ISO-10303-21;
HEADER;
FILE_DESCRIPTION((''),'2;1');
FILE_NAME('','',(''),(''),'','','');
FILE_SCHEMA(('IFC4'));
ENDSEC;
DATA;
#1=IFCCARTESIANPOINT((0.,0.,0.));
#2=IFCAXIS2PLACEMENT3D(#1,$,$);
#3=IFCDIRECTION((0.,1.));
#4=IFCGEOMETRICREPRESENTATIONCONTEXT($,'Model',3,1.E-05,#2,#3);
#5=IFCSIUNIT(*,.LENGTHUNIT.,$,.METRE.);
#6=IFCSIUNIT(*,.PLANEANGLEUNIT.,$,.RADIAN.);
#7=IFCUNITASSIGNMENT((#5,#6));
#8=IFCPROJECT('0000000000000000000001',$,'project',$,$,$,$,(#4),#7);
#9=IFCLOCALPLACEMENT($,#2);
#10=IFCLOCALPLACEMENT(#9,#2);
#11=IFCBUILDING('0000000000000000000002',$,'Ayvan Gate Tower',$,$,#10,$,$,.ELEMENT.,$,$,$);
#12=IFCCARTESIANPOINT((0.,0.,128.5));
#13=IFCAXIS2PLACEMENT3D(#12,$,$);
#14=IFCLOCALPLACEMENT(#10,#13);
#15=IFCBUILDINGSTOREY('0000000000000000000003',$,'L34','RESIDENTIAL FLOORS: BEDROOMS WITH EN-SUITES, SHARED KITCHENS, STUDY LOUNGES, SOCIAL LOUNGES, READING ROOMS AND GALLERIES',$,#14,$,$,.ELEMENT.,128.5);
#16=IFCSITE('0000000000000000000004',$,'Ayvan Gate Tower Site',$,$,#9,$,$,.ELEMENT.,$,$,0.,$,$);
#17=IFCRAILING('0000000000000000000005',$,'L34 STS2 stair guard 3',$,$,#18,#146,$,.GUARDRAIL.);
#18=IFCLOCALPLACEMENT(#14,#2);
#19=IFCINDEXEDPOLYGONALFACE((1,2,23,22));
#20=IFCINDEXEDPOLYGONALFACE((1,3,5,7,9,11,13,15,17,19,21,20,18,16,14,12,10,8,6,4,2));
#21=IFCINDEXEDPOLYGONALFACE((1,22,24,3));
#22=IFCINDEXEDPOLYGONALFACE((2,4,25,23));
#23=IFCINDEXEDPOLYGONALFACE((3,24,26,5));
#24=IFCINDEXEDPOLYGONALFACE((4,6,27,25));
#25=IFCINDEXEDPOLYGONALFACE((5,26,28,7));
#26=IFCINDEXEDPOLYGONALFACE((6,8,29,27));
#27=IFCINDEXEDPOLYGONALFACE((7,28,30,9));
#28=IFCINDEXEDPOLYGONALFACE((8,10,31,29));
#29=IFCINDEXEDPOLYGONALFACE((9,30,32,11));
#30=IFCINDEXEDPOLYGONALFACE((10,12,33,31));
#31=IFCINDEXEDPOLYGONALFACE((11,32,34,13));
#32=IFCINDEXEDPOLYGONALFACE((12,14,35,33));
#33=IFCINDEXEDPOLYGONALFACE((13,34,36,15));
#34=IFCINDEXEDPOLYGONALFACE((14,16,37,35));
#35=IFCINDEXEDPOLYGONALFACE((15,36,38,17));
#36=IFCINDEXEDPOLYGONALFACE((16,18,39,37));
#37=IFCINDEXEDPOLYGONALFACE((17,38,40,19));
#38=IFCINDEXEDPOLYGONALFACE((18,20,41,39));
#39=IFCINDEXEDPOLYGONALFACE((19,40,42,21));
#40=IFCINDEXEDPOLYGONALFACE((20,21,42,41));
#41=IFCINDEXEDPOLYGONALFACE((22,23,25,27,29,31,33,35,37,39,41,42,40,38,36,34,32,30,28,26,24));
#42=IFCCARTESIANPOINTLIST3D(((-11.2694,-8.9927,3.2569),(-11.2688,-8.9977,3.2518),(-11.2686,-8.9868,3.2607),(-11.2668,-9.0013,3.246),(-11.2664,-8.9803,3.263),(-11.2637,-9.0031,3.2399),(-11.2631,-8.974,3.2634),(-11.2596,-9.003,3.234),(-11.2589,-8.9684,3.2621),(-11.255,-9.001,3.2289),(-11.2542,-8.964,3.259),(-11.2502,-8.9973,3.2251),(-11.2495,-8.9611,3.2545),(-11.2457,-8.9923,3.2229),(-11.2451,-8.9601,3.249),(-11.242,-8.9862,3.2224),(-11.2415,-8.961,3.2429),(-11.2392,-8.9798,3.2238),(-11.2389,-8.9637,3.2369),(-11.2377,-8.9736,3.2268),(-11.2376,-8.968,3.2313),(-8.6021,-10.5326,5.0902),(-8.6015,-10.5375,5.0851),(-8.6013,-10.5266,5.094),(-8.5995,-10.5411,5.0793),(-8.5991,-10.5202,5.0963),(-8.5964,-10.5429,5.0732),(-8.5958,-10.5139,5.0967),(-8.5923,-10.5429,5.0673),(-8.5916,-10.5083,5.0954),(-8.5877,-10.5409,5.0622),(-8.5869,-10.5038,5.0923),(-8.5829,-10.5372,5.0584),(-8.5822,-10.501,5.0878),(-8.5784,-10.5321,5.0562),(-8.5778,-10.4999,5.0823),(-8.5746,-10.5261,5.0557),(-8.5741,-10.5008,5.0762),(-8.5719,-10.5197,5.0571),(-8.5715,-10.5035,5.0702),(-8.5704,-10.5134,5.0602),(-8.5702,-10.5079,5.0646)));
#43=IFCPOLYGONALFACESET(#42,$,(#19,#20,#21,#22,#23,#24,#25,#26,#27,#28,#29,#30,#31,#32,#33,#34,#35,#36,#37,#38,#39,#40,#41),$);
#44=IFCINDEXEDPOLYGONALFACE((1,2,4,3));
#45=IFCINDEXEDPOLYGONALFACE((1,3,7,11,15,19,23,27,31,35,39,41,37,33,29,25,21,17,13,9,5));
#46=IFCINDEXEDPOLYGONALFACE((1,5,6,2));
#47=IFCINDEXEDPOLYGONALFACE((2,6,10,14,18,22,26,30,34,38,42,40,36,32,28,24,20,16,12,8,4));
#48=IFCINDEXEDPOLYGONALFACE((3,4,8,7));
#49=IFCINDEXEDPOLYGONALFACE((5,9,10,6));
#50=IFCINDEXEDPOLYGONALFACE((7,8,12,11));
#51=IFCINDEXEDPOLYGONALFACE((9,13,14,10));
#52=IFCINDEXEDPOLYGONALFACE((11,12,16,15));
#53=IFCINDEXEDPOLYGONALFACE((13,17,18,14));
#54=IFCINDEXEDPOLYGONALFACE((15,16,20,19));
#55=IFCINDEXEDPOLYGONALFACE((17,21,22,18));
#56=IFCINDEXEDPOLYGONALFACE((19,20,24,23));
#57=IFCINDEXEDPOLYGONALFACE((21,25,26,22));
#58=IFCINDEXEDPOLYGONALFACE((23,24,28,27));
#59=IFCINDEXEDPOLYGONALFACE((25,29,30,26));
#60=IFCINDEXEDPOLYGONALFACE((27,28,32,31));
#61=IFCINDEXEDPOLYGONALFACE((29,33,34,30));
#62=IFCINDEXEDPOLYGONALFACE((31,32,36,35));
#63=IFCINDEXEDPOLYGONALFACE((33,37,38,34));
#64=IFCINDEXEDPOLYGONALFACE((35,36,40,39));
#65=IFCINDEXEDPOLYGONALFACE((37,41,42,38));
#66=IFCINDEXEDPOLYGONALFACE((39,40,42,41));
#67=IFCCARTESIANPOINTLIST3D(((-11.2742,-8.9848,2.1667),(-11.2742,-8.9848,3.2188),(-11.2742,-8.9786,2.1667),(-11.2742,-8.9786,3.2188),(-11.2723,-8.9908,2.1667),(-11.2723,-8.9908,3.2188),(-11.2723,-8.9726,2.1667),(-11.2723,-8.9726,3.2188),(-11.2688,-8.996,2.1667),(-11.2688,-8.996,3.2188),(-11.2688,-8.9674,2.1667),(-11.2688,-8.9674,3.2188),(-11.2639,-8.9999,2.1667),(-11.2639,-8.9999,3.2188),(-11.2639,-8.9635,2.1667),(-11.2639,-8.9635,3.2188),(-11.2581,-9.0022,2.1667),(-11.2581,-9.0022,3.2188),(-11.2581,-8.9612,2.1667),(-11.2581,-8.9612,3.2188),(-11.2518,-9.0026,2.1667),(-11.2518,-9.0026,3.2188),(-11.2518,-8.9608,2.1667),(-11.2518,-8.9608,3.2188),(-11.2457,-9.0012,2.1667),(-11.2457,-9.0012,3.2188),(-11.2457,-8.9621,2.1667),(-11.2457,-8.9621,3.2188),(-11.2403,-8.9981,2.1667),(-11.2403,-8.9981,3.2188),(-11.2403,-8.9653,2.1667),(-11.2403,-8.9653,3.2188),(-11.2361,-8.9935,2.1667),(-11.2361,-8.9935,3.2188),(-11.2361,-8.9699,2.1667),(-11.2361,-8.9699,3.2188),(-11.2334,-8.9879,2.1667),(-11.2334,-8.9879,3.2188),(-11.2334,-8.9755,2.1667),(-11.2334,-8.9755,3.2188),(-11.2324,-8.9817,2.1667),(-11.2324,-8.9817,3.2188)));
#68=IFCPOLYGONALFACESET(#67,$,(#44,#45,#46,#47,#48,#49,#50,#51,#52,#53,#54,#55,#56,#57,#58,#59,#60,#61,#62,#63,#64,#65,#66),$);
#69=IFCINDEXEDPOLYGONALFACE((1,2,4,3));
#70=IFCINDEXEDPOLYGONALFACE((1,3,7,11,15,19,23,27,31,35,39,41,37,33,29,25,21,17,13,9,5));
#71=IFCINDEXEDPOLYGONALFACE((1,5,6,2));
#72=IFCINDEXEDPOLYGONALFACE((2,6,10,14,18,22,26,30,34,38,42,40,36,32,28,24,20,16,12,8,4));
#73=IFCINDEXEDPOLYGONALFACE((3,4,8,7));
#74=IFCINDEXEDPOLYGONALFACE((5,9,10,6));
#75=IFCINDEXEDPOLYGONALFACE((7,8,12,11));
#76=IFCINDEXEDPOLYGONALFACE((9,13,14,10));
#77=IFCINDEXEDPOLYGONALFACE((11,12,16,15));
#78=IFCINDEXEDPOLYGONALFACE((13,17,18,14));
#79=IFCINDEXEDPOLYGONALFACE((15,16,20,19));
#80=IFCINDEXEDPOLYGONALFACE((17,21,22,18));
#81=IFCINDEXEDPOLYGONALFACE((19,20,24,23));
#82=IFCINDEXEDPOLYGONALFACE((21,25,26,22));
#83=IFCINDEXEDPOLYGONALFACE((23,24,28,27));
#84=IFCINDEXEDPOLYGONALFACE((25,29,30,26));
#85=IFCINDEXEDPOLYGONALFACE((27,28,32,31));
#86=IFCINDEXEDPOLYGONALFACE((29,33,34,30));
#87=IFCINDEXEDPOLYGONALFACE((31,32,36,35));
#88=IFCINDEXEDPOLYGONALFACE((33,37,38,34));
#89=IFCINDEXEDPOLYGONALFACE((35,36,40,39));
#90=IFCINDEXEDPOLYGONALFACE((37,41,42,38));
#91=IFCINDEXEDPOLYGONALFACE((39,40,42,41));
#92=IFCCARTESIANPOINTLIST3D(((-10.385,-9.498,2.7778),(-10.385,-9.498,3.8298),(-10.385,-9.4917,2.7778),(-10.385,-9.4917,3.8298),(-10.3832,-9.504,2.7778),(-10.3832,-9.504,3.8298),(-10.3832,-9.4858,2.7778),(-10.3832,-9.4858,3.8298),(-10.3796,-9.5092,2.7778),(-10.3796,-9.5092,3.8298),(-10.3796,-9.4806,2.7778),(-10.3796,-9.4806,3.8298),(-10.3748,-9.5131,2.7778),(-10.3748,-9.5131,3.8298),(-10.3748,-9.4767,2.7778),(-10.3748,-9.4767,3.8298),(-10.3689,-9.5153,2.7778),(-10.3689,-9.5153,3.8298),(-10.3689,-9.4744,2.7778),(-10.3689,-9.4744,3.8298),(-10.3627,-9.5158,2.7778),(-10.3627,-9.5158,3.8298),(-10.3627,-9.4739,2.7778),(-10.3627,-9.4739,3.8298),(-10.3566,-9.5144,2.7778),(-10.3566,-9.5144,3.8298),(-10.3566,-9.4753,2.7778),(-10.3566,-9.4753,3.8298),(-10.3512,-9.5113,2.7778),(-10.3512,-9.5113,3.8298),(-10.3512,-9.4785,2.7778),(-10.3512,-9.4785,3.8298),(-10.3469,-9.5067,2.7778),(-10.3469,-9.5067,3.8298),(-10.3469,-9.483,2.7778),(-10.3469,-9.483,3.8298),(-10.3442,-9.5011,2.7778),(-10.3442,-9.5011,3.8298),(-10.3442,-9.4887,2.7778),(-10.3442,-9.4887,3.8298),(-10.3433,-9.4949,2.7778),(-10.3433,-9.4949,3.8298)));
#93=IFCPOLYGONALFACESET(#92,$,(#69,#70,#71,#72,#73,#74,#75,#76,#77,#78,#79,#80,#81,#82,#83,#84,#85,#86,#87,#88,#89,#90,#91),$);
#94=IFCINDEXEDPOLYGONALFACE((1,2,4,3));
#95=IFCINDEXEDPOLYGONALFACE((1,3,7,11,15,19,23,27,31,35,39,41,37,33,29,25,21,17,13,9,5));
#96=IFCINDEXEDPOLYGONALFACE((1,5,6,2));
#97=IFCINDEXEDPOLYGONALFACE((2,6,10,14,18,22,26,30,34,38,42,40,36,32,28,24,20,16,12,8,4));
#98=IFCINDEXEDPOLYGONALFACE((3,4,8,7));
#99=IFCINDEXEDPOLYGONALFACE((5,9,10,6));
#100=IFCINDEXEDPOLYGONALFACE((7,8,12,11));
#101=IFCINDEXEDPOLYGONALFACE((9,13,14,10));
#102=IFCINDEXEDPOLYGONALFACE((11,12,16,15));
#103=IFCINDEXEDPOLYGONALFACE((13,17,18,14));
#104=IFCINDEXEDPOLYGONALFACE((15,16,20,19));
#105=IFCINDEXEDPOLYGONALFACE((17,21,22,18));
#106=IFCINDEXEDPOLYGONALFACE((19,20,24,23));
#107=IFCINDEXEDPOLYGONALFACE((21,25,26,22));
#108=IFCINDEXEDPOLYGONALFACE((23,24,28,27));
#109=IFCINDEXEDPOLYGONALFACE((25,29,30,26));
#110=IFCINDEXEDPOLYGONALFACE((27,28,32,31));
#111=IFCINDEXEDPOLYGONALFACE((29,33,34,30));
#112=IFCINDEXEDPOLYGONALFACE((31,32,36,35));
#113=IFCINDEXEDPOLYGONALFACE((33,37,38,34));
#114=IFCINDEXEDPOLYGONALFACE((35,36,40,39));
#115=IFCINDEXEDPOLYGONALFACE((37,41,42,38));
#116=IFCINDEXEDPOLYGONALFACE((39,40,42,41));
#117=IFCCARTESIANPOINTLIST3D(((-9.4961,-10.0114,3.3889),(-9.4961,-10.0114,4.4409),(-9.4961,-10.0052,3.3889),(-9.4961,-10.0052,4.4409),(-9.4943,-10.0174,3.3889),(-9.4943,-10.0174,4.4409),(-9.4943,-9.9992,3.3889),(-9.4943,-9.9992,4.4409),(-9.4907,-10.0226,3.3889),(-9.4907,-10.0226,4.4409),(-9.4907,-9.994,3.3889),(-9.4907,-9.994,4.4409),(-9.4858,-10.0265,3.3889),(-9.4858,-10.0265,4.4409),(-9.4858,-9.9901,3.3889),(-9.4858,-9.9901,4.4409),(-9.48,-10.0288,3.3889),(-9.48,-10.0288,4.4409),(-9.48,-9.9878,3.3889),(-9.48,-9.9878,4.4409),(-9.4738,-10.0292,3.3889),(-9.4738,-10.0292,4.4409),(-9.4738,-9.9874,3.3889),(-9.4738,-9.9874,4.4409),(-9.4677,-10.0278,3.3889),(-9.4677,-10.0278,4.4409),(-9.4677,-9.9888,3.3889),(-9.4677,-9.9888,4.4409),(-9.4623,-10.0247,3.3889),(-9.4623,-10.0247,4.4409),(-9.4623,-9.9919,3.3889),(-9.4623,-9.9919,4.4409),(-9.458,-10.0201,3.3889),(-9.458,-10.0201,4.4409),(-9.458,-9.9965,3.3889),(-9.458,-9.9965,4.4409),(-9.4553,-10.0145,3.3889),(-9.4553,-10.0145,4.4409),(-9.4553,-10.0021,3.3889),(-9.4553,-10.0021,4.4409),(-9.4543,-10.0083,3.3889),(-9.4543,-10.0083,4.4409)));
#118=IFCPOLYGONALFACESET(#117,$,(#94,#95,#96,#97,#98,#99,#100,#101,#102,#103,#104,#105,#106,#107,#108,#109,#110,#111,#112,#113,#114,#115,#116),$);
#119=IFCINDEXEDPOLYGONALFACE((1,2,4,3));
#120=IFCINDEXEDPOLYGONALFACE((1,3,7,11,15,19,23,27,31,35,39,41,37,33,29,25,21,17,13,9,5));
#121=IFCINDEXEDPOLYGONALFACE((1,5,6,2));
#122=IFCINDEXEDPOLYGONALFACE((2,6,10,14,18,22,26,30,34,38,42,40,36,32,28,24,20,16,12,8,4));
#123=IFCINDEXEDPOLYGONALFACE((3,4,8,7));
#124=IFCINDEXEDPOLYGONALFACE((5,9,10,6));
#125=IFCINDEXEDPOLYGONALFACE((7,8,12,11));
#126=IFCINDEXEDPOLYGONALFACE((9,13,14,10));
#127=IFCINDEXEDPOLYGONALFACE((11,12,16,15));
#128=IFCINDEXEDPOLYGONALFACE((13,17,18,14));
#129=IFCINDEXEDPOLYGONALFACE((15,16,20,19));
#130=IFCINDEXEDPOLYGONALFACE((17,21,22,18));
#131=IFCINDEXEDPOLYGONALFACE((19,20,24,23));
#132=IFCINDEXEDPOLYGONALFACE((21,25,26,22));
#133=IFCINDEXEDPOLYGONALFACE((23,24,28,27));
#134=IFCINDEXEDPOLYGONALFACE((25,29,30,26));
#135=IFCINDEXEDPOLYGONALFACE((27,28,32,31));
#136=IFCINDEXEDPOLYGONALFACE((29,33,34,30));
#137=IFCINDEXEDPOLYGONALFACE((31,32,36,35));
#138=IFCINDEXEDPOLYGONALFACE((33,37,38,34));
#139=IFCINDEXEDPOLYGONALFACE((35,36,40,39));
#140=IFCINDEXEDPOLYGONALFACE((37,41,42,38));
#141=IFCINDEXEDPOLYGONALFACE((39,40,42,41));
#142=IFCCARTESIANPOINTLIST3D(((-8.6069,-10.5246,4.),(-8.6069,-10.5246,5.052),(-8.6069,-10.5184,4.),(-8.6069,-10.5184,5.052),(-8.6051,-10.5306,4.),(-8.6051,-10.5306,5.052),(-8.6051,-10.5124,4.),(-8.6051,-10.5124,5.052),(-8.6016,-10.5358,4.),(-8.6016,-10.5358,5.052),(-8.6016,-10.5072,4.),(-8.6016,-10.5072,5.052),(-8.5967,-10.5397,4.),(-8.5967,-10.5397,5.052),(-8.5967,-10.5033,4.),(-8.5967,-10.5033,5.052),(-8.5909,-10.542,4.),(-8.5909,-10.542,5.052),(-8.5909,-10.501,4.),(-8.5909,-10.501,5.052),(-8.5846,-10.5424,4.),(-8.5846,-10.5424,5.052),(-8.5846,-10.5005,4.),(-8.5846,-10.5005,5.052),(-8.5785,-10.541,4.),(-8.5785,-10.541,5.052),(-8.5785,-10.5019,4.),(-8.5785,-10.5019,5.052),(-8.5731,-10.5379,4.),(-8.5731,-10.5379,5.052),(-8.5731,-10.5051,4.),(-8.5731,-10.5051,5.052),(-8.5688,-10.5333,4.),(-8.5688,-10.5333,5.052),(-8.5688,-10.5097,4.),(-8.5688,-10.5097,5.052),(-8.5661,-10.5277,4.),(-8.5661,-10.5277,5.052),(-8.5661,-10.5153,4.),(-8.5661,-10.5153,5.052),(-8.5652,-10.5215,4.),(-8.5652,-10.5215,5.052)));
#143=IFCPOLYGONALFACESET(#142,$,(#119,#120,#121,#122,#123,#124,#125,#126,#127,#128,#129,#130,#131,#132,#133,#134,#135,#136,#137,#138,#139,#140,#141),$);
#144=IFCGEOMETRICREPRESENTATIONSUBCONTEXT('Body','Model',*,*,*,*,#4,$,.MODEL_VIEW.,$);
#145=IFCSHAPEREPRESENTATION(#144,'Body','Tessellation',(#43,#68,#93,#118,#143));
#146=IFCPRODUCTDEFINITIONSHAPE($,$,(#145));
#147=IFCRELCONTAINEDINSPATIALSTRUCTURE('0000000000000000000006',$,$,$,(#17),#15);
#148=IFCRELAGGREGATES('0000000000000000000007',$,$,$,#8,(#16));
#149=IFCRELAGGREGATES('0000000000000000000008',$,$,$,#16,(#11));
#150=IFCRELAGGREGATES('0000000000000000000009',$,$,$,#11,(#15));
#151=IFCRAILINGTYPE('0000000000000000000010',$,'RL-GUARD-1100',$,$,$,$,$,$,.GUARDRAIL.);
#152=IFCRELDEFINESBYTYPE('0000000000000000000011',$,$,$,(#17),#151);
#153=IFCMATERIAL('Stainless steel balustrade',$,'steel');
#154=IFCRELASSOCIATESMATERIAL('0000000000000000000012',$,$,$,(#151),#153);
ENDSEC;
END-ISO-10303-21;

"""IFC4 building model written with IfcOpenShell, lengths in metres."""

from ifc_helpers import new_model, si_unit, direction, frame, origin, origin_2d, place, context, subcontext, project, spatial, circle, extrude, material, type_object, element, save


model = new_model("IFC4")

# Units and contexts
model_context = context("Model", 3, precision=1e-05, world=origin(), true_north=direction((0.0, 1.0)))
body_context = subcontext(model_context, "Body", "Model", "MODEL_VIEW")
ifc_project = project(units=[si_unit("LENGTHUNIT", "METRE"), si_unit("PLANEANGLEUNIT", "RADIAN")], contexts=[model_context])

# Site, building, storey
site_placement = place(None, origin())
site = spatial("IfcSite", under=ifc_project, at=site_placement, Name="Ayvan Gate Tower Site", CompositionType="ELEMENT", RefElevation=0.0)
building_placement = place(site_placement, origin())
building = spatial("IfcBuilding", under=site, at=building_placement, Name="Ayvan Gate Tower", CompositionType="ELEMENT")
storey_placement = place(building_placement, frame((0.0, 0.0, 128.5)))
storey = spatial("IfcBuildingStorey", under=building, at=storey_placement, Name="L34", Description="RESIDENTIAL FLOORS: BEDROOMS WITH EN-SUITES, SHARED KITCHENS, STUDY LOUNGES, SOCIAL LOUNGES, READING ROOMS AND GALLERIES", CompositionType="ELEMENT", Elevation=128.5)

# Railing
ifc_material_1 = material(Name="Stainless steel balustrade", Category="steel")
railing_type_1 = type_object("IfcRailingType", Name="RL-GUARD-1100", PredefinedType="GUARDRAIL", material=ifc_material_1)
railing_1_placement = place(storey_placement, frame((-11.2534, -8.9817, 2.1667)))
element("IfcRailing", 1, at=railing_1_placement, inside=storey, type_object=railing_type_1, Name="L34 STS2 stair guard 3", PredefinedType="GUARDRAIL", context=body_context, shape_type="SweptSolid", body=[
    extrude(circle(Radius=0.0239, at=origin_2d()), frame((0.0, 0.0, 1.0762), z_axis=(0.744181, -0.429616, 0.511493), x_axis=(0.499967, 0.866044, 0.0)), (0.0, 0.0, 1.0), 3.5842),
    extrude(circle(Radius=0.021, at=origin_2d()), origin(), (0.0, 0.0, 1.0), 1.052),
    extrude(circle(Radius=0.021, at=origin_2d()), frame((0.8892, -0.5132, 0.6111)), (0.0, 0.0, 1.0), 1.052),
    extrude(circle(Radius=0.021, at=origin_2d()), frame((1.7781, -1.0266, 1.2222)), (0.0, 0.0, 1.0), 1.052),
    extrude(circle(Radius=0.021, at=origin_2d()), frame((2.6672, -1.5398, 1.8333)), (0.0, 0.0, 1.0), 1.052),
])

save(model, "model.ifc")
